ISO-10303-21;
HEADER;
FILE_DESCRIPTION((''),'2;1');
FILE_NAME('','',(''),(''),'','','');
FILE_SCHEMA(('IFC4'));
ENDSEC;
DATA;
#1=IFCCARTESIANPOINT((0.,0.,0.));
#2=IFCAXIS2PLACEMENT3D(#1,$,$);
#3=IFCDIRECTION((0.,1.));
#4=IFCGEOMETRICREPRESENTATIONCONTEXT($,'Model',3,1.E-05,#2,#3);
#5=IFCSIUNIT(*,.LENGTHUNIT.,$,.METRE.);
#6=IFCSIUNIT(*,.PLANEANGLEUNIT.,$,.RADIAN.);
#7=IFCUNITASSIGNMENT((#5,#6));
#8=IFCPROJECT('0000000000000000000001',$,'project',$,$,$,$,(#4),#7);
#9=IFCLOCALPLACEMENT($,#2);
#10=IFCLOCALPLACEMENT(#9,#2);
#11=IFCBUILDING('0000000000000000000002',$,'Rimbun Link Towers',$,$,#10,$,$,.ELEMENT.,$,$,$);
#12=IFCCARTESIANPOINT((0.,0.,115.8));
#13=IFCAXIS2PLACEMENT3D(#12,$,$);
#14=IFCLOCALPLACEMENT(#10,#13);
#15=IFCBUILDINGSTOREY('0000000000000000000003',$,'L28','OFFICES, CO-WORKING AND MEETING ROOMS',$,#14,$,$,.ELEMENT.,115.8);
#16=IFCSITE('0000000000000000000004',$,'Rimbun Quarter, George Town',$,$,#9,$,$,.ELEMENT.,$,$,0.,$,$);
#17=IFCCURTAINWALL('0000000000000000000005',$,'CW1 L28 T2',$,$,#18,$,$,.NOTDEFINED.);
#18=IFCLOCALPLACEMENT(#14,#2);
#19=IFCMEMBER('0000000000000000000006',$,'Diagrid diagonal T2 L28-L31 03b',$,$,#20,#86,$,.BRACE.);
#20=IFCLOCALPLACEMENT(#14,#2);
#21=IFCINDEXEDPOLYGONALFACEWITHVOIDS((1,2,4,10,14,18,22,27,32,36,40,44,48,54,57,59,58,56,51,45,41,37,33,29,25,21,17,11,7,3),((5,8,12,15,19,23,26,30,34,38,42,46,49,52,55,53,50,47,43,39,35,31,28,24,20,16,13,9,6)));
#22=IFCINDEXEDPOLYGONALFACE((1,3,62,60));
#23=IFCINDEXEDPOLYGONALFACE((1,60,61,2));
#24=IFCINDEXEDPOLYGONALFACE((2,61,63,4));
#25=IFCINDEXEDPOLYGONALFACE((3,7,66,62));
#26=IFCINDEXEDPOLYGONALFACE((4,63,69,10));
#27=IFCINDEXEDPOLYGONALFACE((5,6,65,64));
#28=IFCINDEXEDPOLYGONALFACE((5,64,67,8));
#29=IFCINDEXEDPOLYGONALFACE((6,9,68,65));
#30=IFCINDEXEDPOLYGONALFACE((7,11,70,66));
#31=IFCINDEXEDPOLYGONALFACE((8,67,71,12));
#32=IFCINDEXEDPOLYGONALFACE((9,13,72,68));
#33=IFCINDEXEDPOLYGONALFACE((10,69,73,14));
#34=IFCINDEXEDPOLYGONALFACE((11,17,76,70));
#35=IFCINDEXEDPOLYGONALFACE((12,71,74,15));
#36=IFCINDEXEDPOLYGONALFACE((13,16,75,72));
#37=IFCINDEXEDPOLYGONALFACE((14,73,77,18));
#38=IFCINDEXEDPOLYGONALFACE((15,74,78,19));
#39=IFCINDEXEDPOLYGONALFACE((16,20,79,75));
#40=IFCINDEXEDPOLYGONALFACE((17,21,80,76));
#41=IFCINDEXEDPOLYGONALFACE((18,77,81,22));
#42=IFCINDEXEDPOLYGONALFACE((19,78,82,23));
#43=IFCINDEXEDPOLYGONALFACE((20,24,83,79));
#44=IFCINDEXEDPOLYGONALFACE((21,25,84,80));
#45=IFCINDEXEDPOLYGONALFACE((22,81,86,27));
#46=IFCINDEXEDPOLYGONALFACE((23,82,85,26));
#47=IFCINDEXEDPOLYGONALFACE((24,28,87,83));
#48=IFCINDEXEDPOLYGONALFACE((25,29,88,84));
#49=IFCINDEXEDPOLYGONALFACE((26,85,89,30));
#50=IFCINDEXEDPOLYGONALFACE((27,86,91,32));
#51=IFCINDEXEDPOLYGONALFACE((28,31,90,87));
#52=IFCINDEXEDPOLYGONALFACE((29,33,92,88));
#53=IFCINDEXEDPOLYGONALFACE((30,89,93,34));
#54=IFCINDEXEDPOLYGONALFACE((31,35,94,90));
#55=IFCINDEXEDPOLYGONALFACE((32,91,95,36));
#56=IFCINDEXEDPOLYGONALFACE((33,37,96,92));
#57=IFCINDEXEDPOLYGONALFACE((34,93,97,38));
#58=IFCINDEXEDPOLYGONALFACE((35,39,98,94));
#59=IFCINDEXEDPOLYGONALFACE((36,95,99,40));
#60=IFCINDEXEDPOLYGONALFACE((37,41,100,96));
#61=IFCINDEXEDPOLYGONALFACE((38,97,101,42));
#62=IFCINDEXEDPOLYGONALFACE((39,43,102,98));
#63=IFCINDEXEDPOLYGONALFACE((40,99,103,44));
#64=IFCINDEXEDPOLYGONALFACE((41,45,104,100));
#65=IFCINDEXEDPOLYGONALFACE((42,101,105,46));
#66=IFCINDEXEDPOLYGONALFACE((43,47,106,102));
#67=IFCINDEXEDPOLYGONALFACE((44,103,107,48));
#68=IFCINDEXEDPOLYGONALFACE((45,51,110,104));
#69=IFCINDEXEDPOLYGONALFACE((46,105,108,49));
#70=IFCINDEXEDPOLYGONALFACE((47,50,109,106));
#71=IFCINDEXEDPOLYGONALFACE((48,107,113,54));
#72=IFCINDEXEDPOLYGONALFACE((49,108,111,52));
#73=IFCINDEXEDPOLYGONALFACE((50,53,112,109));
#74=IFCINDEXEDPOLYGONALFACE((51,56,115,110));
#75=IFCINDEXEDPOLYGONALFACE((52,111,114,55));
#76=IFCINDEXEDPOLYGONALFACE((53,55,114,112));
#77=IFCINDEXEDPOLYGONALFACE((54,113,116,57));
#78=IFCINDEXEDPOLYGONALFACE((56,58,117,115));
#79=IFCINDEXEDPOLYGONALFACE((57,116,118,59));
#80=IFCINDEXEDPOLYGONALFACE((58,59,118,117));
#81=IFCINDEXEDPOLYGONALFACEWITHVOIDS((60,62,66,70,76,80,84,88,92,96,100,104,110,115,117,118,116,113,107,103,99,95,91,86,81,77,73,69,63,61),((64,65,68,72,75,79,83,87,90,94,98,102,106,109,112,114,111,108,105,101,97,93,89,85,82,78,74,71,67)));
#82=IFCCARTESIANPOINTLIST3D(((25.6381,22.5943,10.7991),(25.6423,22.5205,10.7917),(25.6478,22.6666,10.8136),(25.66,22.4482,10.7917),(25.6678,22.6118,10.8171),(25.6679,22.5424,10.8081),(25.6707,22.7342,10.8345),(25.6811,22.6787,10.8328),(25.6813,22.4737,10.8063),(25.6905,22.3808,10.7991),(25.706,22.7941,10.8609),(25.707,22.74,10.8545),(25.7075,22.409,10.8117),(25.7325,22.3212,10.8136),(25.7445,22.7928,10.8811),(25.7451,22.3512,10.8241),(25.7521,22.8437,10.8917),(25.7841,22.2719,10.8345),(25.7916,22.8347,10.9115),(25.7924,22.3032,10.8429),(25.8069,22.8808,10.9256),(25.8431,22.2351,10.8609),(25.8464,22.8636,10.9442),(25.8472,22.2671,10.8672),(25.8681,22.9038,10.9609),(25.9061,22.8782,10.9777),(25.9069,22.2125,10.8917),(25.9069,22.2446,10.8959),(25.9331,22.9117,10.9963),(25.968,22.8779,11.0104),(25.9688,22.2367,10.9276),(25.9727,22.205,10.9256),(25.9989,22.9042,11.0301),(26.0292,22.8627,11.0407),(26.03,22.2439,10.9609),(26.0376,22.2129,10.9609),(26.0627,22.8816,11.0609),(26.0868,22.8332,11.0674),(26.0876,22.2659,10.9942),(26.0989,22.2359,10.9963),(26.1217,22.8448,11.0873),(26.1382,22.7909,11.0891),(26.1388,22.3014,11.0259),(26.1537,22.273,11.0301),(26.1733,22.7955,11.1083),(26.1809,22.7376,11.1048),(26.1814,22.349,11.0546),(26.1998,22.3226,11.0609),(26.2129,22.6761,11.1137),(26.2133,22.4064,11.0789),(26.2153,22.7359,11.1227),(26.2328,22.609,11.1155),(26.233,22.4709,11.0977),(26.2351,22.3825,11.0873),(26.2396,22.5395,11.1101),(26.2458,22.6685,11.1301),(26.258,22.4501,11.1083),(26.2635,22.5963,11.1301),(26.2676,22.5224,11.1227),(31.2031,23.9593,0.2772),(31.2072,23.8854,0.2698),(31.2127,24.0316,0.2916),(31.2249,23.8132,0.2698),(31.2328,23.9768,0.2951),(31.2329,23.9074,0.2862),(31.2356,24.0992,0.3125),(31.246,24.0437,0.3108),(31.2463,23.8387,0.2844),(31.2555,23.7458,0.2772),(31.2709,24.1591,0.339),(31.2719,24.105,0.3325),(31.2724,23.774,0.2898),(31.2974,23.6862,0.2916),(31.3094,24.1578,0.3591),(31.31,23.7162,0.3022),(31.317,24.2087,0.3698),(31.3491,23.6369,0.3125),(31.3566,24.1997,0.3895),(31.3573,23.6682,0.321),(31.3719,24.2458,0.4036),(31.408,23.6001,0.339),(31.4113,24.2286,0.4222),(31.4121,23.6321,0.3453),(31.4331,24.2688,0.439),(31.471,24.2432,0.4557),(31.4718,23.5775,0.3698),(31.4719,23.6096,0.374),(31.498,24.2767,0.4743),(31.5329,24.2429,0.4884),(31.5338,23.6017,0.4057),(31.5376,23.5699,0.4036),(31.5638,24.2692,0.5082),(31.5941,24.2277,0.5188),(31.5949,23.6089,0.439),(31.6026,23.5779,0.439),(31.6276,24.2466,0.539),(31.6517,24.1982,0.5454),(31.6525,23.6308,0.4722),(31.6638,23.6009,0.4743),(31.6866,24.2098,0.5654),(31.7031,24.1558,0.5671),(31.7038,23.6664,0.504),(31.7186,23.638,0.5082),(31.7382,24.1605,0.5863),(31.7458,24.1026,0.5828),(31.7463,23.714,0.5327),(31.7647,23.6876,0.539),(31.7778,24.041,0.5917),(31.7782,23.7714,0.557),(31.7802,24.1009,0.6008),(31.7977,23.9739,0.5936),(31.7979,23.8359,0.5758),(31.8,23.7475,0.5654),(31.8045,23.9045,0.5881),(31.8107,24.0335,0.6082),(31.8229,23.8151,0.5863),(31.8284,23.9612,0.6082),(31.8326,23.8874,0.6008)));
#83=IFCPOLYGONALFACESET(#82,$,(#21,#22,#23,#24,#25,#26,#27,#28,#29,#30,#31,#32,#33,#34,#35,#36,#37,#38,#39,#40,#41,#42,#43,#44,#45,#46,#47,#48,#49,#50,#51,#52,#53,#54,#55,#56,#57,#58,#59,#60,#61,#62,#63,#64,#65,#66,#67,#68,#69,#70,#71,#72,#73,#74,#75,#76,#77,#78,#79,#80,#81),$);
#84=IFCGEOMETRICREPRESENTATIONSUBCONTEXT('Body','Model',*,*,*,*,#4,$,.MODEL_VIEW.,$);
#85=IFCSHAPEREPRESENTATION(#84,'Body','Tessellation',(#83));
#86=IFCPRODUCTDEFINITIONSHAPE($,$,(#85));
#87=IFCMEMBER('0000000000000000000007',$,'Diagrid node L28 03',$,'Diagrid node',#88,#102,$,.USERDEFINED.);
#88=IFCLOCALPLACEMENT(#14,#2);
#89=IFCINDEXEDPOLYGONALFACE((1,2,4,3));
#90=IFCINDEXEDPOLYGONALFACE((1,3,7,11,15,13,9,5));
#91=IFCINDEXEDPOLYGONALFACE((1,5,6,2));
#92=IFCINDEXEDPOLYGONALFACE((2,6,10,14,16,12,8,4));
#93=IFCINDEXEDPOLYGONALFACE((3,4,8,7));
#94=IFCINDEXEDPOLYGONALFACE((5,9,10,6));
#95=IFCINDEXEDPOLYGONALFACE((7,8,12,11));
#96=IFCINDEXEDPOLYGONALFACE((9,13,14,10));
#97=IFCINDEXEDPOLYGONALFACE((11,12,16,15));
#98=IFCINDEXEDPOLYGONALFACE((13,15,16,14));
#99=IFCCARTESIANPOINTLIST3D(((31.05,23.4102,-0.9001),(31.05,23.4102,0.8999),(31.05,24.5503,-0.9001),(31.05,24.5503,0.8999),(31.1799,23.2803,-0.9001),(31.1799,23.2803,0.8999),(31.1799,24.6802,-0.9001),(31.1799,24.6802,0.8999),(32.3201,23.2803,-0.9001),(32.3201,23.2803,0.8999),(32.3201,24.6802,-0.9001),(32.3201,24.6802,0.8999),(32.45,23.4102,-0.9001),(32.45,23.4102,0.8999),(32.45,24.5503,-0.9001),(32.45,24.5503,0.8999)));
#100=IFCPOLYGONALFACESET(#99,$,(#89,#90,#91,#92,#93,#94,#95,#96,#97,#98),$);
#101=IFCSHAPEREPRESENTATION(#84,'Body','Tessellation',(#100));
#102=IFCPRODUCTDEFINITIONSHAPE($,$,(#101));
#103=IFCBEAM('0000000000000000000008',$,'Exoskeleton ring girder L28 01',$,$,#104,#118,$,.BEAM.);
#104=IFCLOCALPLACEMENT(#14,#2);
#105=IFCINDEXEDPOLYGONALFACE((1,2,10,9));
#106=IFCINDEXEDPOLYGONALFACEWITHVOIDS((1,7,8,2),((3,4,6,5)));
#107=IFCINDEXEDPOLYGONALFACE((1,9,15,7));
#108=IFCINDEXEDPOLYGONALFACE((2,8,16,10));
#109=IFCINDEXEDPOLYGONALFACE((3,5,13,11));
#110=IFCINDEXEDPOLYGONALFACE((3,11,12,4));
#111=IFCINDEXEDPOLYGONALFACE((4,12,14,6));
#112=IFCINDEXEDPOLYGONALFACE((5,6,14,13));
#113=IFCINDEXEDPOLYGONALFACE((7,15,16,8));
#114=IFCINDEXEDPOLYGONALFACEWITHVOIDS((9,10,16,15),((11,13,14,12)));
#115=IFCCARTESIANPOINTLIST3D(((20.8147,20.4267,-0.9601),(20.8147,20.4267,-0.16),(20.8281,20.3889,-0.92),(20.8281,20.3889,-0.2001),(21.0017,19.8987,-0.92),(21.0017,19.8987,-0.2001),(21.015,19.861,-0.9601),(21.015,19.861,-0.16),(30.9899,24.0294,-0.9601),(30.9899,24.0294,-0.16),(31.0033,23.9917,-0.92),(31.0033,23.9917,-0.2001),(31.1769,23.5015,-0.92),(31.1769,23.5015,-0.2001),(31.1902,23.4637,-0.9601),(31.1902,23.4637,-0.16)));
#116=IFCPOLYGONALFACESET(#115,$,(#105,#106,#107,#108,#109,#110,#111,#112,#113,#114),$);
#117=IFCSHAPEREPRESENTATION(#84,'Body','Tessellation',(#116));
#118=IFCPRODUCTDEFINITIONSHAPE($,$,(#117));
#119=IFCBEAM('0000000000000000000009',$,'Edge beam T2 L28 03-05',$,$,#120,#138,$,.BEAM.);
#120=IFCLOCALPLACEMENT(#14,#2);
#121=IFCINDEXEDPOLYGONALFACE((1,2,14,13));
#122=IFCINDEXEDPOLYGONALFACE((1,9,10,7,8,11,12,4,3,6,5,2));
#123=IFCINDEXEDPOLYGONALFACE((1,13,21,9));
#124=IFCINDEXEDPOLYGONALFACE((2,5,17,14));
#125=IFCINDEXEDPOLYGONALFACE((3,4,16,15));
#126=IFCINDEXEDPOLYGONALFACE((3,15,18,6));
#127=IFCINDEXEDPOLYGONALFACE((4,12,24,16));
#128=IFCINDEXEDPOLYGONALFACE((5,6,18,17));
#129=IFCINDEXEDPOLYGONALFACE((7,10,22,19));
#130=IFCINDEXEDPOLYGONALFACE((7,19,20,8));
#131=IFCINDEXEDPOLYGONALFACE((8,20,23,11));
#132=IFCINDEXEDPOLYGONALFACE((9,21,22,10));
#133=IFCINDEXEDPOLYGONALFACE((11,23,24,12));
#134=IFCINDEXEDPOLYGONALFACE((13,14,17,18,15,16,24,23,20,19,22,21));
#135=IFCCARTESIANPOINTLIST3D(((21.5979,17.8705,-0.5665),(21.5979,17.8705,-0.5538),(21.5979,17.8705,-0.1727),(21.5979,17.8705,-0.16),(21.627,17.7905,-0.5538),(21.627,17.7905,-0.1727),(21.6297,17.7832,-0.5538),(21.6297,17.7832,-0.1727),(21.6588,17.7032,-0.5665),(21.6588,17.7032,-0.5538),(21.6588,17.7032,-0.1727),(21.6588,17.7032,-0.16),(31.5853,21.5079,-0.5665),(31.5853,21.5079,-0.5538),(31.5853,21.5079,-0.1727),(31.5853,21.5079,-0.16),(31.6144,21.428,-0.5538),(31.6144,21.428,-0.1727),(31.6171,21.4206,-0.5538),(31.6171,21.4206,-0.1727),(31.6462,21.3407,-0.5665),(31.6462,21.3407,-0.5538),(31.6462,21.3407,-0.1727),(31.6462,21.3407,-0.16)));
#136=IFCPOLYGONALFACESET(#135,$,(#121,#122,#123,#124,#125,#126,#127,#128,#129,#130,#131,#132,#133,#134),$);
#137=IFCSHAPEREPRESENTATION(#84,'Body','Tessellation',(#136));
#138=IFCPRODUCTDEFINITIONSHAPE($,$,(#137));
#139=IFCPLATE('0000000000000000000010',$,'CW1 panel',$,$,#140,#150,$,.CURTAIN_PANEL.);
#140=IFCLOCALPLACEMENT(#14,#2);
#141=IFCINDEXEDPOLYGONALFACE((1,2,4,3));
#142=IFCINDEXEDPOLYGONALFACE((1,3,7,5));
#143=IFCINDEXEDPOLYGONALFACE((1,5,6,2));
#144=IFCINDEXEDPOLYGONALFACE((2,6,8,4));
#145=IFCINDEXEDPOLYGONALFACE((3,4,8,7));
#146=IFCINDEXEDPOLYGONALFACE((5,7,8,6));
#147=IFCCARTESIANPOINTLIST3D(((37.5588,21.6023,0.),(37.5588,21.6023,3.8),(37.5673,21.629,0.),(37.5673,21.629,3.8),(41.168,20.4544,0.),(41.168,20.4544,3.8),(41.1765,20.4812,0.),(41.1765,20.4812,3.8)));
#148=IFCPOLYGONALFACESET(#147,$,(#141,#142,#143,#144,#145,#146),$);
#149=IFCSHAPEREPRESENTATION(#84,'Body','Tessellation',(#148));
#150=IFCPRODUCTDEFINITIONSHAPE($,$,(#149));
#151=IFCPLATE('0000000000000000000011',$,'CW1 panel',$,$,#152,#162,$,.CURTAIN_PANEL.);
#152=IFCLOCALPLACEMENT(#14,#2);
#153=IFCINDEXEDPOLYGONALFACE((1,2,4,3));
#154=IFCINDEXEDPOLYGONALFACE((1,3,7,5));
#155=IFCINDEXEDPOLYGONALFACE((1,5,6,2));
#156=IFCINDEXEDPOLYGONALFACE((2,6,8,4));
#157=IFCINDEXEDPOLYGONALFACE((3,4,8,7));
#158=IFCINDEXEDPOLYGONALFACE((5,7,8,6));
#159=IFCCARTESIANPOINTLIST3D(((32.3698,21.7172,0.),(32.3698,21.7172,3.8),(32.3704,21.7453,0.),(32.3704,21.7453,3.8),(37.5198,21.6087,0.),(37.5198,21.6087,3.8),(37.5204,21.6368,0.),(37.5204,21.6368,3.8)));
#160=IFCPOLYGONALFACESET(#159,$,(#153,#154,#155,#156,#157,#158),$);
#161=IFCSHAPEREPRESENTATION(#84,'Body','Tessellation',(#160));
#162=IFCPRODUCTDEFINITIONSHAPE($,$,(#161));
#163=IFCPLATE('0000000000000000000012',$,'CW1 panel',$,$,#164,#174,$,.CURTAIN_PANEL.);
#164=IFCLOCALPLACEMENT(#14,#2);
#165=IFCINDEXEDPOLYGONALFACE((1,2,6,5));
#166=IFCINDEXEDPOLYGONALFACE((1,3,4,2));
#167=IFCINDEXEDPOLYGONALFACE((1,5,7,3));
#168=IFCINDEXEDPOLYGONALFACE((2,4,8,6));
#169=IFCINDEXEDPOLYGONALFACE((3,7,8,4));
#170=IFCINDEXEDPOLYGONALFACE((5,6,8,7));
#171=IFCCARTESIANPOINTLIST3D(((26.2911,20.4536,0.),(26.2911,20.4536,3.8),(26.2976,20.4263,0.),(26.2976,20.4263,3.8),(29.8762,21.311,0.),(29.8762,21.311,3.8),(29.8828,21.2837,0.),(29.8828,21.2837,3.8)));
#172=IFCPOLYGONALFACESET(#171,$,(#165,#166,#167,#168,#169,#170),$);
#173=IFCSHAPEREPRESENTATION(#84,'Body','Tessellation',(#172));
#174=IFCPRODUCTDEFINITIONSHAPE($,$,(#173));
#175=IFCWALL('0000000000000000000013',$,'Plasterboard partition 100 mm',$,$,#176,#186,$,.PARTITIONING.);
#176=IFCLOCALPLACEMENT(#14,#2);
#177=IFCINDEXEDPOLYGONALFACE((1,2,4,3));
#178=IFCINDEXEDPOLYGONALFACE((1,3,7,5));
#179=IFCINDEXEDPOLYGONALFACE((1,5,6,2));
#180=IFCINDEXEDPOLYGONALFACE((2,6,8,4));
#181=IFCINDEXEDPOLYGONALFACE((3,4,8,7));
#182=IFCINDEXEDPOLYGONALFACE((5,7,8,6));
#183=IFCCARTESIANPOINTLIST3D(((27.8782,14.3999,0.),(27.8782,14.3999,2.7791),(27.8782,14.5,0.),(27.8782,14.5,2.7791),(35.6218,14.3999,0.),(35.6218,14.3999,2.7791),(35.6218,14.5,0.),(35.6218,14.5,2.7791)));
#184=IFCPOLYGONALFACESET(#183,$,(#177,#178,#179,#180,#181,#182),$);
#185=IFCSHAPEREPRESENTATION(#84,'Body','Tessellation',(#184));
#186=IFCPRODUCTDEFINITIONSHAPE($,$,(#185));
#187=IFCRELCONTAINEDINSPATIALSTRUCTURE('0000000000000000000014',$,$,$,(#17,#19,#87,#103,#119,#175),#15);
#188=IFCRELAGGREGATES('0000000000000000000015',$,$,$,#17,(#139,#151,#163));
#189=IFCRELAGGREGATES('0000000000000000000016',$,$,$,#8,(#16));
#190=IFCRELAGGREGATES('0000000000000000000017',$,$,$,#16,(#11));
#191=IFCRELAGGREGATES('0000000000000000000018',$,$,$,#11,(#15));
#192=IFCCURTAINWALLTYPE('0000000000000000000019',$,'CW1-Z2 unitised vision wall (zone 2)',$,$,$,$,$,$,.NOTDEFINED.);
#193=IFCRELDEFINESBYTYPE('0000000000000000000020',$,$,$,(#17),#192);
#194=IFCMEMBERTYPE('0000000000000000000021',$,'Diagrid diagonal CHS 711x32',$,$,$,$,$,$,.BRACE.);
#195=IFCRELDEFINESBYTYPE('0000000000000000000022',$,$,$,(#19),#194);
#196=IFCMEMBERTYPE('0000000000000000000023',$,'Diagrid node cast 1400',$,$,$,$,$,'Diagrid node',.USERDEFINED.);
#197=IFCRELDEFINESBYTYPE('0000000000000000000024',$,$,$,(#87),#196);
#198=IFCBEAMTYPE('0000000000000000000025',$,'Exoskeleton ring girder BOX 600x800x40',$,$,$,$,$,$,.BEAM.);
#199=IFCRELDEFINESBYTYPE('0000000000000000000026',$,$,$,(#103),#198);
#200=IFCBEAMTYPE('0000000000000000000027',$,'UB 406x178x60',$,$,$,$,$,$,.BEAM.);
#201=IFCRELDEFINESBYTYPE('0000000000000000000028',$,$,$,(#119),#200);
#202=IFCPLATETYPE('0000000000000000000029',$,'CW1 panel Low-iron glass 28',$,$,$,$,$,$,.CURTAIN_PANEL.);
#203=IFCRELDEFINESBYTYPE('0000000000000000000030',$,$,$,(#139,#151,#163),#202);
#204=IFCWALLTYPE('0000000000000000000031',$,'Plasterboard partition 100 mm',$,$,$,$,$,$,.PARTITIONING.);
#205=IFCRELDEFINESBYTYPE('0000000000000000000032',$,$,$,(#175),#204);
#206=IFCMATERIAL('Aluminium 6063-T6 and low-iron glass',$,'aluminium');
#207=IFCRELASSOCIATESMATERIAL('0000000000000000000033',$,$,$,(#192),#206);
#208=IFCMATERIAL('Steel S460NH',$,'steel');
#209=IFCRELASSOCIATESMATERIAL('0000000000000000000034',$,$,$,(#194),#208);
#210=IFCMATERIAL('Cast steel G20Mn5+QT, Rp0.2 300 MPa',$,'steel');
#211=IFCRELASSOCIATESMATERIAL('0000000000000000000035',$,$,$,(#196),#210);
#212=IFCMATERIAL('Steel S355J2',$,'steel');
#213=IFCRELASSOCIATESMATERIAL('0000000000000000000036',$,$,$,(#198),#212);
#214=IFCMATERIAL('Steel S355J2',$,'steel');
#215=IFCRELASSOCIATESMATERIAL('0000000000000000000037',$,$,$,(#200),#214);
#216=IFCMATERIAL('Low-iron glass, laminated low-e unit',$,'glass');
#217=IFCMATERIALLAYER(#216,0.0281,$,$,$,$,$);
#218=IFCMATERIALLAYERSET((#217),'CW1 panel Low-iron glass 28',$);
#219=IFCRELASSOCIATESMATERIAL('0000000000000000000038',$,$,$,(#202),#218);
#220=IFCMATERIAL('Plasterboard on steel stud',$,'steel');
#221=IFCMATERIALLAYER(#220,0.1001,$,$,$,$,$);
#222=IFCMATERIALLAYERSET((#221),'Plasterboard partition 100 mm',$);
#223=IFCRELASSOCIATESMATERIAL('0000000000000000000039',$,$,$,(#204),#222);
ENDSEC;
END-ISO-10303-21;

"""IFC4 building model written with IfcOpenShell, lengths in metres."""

from ifc_helpers import new_model, si_unit, direction, frame, frame_2d, origin, origin_2d, place, context, subcontext, project, spatial, polyline, rectangle, hollow_rectangle, hollow_circle, i_section, outline, extrude, material, layer, layer_set, material_profile, profile_set, type_object, element, aggregate, save


model = new_model("IFC4")

# Units and contexts
model_context = context("Model", 3, precision=1e-05, world=origin(), true_north=direction((0.0, 1.0)))
body_context = subcontext(model_context, "Body", "Model", "MODEL_VIEW")
ifc_project = project(units=[si_unit("LENGTHUNIT", "METRE"), si_unit("PLANEANGLEUNIT", "RADIAN")], contexts=[model_context])

# Site, building, storey
site_placement = place(None, origin())
site = spatial("IfcSite", under=ifc_project, at=site_placement, Name="Rimbun Quarter, George Town", CompositionType="ELEMENT", RefElevation=0.0)
building_placement = place(site_placement, origin())
building = spatial("IfcBuilding", under=site, at=building_placement, Name="Rimbun Link Towers", CompositionType="ELEMENT")
storey_placement = place(building_placement, frame((0.0, 0.0, 115.8)))
storey = spatial("IfcBuildingStorey", under=building, at=storey_placement, Name="L28", Description="OFFICES, CO-WORKING AND MEETING ROOMS", CompositionType="ELEMENT", Elevation=115.8)

# Curtain wall
ifc_material_1 = material(Name="Aluminium 6063-T6 and low-iron glass", Category="aluminium")
curtain_wall_type = type_object("IfcCurtainWallType", Name="CW1-Z2 unitised vision wall (zone 2)", PredefinedType="NOTDEFINED", material=ifc_material_1)
curtain_wall_placement = place(storey_placement, origin())
curtain_wall = element("IfcCurtainWall", 1, at=curtain_wall_placement, inside=storey, type_object=curtain_wall_type, Name="CW1 L28 T2", PredefinedType="NOTDEFINED")

# Members
ifc_material_2 = material(Name="Steel S460NH", Category="steel")
ifc_material_profile_1 = material_profile(ifc_material_2, hollow_circle(Radius=0.3557, WallThickness=0.032, at=origin_2d()), Name="Diagrid diagonal CHS 711x32")
ifc_profile_set_1 = profile_set([ifc_material_profile_1], Name="Steel S460NH")
member_type_1 = type_object("IfcMemberType", Name="Diagrid diagonal CHS 711x32", PredefinedType="BRACE", material=ifc_profile_set_1)
member_1_placement = place(storey_placement, frame((31.5178, 23.9233, 0.439), z_axis=(-0.464482, -0.11393, 0.878224), x_axis=(0.238222, -0.971211, 0.0)))
element("IfcMember", 2, at=member_1_placement, inside=storey, type_object=member_type_1, Name="Diagrid diagonal T2 L28-L31 03b", PredefinedType="BRACE", context=body_context, shape_type="SweptSolid", body=[
    extrude(hollow_circle(Radius=0.3557, WallThickness=0.032, at=origin_2d()), origin(), (0.0, 0.0, 1.0), 11.981),
])
ifc_material_3 = material(Name="Cast steel G20Mn5+QT, Rp0.2 300 MPa", Category="steel")
ifc_material_profile_2 = material_profile(ifc_material_3, outline(polyline([(0.7, -0.5701), (0.7, 0.5701), (0.5701, 0.7), (-0.5701, 0.7), (-0.7, 0.5701), (-0.7, -0.5701), (-0.5701, -0.7), (0.5701, -0.7), (0.7, -0.5701)])), Name="NODE 1400x1400")
ifc_profile_set_2 = profile_set([ifc_material_profile_2], Name="Cast steel G20Mn5+QT, Rp0.2 300 MPa")
member_type_2 = type_object("IfcMemberType", Name="Diagrid node cast 1400", ElementType="Diagrid node", PredefinedType="USERDEFINED", material=ifc_profile_set_2)
member_2_placement = place(storey_placement, frame((31.75, 23.9802, -0.9001), z_axis=(0.0, 0.0, 1.0), x_axis=(0.0, 1.0, 0.0)))
element("IfcMember", 3, at=member_2_placement, inside=storey, type_object=member_type_2, Name="Diagrid node L28 03", ObjectType="Diagrid node", PredefinedType="USERDEFINED", context=body_context, shape_type="SweptSolid", body=[
    extrude(outline(polyline([(0.7, -0.5701), (0.7, 0.5701), (0.5701, 0.7), (-0.5701, 0.7), (-0.7, 0.5701), (-0.7, -0.5701), (-0.5701, -0.7), (0.5701, -0.7), (0.7, -0.5701)])), origin(), (0.0, 0.0, 1.0), 1.8),
])

# Beams
ifc_material_4 = material(Name="Steel S355J2", Category="steel")
ifc_material_profile_3 = material_profile(ifc_material_4, hollow_rectangle(XDim=0.6001, YDim=0.8, WallThickness=0.04, at=origin_2d()), Name="Exoskeleton ring girder BOX 600x800x40")
ifc_profile_set_3 = profile_set([ifc_material_profile_3], Name="Steel S355J2")
beam_type_1 = type_object("IfcBeamType", Name="Exoskeleton ring girder BOX 600x800x40", PredefinedType="BEAM", material=ifc_profile_set_3)
beam_1_placement = place(storey_placement, frame((31.0901, 23.7466, -0.5601), z_axis=(-0.942655, -0.333768, 0.0), x_axis=(0.333768, -0.942655, 0.0)))
element("IfcBeam", 4, at=beam_1_placement, inside=storey, type_object=beam_type_1, Name="Exoskeleton ring girder L28 01", PredefinedType="BEAM", context=body_context, shape_type="SweptSolid", body=[
    extrude(hollow_rectangle(XDim=0.6001, YDim=0.8, WallThickness=0.04, at=origin_2d()), origin(), (0.0, 0.0, 1.0), 10.7942),
])
ifc_material_5 = material(Name="Steel S355J2", Category="steel")
ifc_material_profile_4 = material_profile(ifc_material_5, i_section(OverallWidth=0.178, OverallDepth=0.4065, WebThickness=0.0078, FlangeThickness=0.0127, at=origin_2d()), Name="UB 406x178x60")
ifc_profile_set_4 = profile_set([ifc_material_profile_4], Name="Steel S355J2")
beam_type_2 = type_object("IfcBeamType", Name="UB 406x178x60", PredefinedType="BEAM", material=ifc_profile_set_4)
beam_2_placement = place(storey_placement, frame((31.6157, 21.4243, -0.3633), z_axis=(-0.939621, -0.342217, 0.0), x_axis=(0.342217, -0.939621, 0.0)))
element("IfcBeam", 5, at=beam_2_placement, inside=storey, type_object=beam_type_2, Name="Edge beam T2 L28 03-05", PredefinedType="BEAM", context=body_context, shape_type="SweptSolid", body=[
    extrude(i_section(OverallWidth=0.178, OverallDepth=0.4065, WebThickness=0.0078, FlangeThickness=0.0127, at=origin_2d()), origin(), (0.0, 0.0, 1.0), 10.6292),
])

# Plates
ifc_material_6 = material(Name="Low-iron glass, laminated low-e unit", Category="glass")
ifc_layer_1 = layer(ifc_material_6, 0.0281)
ifc_layer_set_1 = layer_set([ifc_layer_1], Name="CW1 panel Low-iron glass 28")
plate_type = type_object("IfcPlateType", Name="CW1 panel Low-iron glass 28", PredefinedType="CURTAIN_PANEL", material=ifc_layer_set_1)
plate_1_placement = place(storey_placement, frame((39.3677, 21.0417, 0.0), z_axis=(0.0, 0.0, 1.0), x_axis=(0.952967, -0.303073, 0.0)))
plate_1 = element("IfcPlate", 6, at=plate_1_placement, type_object=plate_type, Name="CW1 panel", PredefinedType="CURTAIN_PANEL", context=body_context, shape_type="SweptSolid", body=[
    extrude(rectangle(XDim=3.7874, YDim=0.0281, at=origin_2d()), origin(), (0.0, 0.0, 1.0), 3.8),
])
plate_2_placement = place(storey_placement, frame((34.9451, 21.677, 0.0), z_axis=(0.0, 0.0, 1.0), x_axis=(0.999778, -0.021066, 0.0)))
plate_2 = element("IfcPlate", 7, at=plate_2_placement, type_object=plate_type, Name="CW1 panel", PredefinedType="CURTAIN_PANEL", context=body_context, shape_type="SweptSolid", body=[
    extrude(rectangle(XDim=5.1511, YDim=0.0281, at=origin_2d()), origin(), (0.0, 0.0, 1.0), 3.8),
])
plate_3_placement = place(storey_placement, frame((28.0869, 20.8687, 0.0), z_axis=(0.0, 0.0, 1.0), x_axis=(0.972572, 0.232603, 0.0)))
plate_3 = element("IfcPlate", 8, at=plate_3_placement, type_object=plate_type, Name="CW1 panel", PredefinedType="CURTAIN_PANEL", context=body_context, shape_type="SweptSolid", body=[
    extrude(rectangle(XDim=3.6863, YDim=0.0281, at=origin_2d()), origin(), (0.0, 0.0, 1.0), 3.8),
])
aggregate(curtain_wall, [plate_1, plate_2, plate_3])

# Wall
ifc_material_7 = material(Name="Plasterboard on steel stud", Category="steel")
ifc_layer_2 = layer(ifc_material_7, 0.1001)
ifc_layer_set_2 = layer_set([ifc_layer_2], Name="Plasterboard partition 100 mm")
wall_type = type_object("IfcWallType", Name="Plasterboard partition 100 mm", PredefinedType="PARTITIONING", material=ifc_layer_set_2)
wall_1_placement = place(storey_placement, frame((35.6218, 14.45, 0.0), z_axis=(0.0, 0.0, 1.0), x_axis=(-1.0, 0.0, 0.0)))
element("IfcWall", 9, at=wall_1_placement, inside=storey, type_object=wall_type, Name="Plasterboard partition 100 mm", PredefinedType="PARTITIONING", context=body_context, shape_type="SweptSolid", body=[
    extrude(rectangle(XDim=7.7437, YDim=0.1001, at=frame_2d((3.8718, 0.0))), origin(), (0.0, 0.0, 1.0), 2.7791),
])

save(model, "model.ifc")
